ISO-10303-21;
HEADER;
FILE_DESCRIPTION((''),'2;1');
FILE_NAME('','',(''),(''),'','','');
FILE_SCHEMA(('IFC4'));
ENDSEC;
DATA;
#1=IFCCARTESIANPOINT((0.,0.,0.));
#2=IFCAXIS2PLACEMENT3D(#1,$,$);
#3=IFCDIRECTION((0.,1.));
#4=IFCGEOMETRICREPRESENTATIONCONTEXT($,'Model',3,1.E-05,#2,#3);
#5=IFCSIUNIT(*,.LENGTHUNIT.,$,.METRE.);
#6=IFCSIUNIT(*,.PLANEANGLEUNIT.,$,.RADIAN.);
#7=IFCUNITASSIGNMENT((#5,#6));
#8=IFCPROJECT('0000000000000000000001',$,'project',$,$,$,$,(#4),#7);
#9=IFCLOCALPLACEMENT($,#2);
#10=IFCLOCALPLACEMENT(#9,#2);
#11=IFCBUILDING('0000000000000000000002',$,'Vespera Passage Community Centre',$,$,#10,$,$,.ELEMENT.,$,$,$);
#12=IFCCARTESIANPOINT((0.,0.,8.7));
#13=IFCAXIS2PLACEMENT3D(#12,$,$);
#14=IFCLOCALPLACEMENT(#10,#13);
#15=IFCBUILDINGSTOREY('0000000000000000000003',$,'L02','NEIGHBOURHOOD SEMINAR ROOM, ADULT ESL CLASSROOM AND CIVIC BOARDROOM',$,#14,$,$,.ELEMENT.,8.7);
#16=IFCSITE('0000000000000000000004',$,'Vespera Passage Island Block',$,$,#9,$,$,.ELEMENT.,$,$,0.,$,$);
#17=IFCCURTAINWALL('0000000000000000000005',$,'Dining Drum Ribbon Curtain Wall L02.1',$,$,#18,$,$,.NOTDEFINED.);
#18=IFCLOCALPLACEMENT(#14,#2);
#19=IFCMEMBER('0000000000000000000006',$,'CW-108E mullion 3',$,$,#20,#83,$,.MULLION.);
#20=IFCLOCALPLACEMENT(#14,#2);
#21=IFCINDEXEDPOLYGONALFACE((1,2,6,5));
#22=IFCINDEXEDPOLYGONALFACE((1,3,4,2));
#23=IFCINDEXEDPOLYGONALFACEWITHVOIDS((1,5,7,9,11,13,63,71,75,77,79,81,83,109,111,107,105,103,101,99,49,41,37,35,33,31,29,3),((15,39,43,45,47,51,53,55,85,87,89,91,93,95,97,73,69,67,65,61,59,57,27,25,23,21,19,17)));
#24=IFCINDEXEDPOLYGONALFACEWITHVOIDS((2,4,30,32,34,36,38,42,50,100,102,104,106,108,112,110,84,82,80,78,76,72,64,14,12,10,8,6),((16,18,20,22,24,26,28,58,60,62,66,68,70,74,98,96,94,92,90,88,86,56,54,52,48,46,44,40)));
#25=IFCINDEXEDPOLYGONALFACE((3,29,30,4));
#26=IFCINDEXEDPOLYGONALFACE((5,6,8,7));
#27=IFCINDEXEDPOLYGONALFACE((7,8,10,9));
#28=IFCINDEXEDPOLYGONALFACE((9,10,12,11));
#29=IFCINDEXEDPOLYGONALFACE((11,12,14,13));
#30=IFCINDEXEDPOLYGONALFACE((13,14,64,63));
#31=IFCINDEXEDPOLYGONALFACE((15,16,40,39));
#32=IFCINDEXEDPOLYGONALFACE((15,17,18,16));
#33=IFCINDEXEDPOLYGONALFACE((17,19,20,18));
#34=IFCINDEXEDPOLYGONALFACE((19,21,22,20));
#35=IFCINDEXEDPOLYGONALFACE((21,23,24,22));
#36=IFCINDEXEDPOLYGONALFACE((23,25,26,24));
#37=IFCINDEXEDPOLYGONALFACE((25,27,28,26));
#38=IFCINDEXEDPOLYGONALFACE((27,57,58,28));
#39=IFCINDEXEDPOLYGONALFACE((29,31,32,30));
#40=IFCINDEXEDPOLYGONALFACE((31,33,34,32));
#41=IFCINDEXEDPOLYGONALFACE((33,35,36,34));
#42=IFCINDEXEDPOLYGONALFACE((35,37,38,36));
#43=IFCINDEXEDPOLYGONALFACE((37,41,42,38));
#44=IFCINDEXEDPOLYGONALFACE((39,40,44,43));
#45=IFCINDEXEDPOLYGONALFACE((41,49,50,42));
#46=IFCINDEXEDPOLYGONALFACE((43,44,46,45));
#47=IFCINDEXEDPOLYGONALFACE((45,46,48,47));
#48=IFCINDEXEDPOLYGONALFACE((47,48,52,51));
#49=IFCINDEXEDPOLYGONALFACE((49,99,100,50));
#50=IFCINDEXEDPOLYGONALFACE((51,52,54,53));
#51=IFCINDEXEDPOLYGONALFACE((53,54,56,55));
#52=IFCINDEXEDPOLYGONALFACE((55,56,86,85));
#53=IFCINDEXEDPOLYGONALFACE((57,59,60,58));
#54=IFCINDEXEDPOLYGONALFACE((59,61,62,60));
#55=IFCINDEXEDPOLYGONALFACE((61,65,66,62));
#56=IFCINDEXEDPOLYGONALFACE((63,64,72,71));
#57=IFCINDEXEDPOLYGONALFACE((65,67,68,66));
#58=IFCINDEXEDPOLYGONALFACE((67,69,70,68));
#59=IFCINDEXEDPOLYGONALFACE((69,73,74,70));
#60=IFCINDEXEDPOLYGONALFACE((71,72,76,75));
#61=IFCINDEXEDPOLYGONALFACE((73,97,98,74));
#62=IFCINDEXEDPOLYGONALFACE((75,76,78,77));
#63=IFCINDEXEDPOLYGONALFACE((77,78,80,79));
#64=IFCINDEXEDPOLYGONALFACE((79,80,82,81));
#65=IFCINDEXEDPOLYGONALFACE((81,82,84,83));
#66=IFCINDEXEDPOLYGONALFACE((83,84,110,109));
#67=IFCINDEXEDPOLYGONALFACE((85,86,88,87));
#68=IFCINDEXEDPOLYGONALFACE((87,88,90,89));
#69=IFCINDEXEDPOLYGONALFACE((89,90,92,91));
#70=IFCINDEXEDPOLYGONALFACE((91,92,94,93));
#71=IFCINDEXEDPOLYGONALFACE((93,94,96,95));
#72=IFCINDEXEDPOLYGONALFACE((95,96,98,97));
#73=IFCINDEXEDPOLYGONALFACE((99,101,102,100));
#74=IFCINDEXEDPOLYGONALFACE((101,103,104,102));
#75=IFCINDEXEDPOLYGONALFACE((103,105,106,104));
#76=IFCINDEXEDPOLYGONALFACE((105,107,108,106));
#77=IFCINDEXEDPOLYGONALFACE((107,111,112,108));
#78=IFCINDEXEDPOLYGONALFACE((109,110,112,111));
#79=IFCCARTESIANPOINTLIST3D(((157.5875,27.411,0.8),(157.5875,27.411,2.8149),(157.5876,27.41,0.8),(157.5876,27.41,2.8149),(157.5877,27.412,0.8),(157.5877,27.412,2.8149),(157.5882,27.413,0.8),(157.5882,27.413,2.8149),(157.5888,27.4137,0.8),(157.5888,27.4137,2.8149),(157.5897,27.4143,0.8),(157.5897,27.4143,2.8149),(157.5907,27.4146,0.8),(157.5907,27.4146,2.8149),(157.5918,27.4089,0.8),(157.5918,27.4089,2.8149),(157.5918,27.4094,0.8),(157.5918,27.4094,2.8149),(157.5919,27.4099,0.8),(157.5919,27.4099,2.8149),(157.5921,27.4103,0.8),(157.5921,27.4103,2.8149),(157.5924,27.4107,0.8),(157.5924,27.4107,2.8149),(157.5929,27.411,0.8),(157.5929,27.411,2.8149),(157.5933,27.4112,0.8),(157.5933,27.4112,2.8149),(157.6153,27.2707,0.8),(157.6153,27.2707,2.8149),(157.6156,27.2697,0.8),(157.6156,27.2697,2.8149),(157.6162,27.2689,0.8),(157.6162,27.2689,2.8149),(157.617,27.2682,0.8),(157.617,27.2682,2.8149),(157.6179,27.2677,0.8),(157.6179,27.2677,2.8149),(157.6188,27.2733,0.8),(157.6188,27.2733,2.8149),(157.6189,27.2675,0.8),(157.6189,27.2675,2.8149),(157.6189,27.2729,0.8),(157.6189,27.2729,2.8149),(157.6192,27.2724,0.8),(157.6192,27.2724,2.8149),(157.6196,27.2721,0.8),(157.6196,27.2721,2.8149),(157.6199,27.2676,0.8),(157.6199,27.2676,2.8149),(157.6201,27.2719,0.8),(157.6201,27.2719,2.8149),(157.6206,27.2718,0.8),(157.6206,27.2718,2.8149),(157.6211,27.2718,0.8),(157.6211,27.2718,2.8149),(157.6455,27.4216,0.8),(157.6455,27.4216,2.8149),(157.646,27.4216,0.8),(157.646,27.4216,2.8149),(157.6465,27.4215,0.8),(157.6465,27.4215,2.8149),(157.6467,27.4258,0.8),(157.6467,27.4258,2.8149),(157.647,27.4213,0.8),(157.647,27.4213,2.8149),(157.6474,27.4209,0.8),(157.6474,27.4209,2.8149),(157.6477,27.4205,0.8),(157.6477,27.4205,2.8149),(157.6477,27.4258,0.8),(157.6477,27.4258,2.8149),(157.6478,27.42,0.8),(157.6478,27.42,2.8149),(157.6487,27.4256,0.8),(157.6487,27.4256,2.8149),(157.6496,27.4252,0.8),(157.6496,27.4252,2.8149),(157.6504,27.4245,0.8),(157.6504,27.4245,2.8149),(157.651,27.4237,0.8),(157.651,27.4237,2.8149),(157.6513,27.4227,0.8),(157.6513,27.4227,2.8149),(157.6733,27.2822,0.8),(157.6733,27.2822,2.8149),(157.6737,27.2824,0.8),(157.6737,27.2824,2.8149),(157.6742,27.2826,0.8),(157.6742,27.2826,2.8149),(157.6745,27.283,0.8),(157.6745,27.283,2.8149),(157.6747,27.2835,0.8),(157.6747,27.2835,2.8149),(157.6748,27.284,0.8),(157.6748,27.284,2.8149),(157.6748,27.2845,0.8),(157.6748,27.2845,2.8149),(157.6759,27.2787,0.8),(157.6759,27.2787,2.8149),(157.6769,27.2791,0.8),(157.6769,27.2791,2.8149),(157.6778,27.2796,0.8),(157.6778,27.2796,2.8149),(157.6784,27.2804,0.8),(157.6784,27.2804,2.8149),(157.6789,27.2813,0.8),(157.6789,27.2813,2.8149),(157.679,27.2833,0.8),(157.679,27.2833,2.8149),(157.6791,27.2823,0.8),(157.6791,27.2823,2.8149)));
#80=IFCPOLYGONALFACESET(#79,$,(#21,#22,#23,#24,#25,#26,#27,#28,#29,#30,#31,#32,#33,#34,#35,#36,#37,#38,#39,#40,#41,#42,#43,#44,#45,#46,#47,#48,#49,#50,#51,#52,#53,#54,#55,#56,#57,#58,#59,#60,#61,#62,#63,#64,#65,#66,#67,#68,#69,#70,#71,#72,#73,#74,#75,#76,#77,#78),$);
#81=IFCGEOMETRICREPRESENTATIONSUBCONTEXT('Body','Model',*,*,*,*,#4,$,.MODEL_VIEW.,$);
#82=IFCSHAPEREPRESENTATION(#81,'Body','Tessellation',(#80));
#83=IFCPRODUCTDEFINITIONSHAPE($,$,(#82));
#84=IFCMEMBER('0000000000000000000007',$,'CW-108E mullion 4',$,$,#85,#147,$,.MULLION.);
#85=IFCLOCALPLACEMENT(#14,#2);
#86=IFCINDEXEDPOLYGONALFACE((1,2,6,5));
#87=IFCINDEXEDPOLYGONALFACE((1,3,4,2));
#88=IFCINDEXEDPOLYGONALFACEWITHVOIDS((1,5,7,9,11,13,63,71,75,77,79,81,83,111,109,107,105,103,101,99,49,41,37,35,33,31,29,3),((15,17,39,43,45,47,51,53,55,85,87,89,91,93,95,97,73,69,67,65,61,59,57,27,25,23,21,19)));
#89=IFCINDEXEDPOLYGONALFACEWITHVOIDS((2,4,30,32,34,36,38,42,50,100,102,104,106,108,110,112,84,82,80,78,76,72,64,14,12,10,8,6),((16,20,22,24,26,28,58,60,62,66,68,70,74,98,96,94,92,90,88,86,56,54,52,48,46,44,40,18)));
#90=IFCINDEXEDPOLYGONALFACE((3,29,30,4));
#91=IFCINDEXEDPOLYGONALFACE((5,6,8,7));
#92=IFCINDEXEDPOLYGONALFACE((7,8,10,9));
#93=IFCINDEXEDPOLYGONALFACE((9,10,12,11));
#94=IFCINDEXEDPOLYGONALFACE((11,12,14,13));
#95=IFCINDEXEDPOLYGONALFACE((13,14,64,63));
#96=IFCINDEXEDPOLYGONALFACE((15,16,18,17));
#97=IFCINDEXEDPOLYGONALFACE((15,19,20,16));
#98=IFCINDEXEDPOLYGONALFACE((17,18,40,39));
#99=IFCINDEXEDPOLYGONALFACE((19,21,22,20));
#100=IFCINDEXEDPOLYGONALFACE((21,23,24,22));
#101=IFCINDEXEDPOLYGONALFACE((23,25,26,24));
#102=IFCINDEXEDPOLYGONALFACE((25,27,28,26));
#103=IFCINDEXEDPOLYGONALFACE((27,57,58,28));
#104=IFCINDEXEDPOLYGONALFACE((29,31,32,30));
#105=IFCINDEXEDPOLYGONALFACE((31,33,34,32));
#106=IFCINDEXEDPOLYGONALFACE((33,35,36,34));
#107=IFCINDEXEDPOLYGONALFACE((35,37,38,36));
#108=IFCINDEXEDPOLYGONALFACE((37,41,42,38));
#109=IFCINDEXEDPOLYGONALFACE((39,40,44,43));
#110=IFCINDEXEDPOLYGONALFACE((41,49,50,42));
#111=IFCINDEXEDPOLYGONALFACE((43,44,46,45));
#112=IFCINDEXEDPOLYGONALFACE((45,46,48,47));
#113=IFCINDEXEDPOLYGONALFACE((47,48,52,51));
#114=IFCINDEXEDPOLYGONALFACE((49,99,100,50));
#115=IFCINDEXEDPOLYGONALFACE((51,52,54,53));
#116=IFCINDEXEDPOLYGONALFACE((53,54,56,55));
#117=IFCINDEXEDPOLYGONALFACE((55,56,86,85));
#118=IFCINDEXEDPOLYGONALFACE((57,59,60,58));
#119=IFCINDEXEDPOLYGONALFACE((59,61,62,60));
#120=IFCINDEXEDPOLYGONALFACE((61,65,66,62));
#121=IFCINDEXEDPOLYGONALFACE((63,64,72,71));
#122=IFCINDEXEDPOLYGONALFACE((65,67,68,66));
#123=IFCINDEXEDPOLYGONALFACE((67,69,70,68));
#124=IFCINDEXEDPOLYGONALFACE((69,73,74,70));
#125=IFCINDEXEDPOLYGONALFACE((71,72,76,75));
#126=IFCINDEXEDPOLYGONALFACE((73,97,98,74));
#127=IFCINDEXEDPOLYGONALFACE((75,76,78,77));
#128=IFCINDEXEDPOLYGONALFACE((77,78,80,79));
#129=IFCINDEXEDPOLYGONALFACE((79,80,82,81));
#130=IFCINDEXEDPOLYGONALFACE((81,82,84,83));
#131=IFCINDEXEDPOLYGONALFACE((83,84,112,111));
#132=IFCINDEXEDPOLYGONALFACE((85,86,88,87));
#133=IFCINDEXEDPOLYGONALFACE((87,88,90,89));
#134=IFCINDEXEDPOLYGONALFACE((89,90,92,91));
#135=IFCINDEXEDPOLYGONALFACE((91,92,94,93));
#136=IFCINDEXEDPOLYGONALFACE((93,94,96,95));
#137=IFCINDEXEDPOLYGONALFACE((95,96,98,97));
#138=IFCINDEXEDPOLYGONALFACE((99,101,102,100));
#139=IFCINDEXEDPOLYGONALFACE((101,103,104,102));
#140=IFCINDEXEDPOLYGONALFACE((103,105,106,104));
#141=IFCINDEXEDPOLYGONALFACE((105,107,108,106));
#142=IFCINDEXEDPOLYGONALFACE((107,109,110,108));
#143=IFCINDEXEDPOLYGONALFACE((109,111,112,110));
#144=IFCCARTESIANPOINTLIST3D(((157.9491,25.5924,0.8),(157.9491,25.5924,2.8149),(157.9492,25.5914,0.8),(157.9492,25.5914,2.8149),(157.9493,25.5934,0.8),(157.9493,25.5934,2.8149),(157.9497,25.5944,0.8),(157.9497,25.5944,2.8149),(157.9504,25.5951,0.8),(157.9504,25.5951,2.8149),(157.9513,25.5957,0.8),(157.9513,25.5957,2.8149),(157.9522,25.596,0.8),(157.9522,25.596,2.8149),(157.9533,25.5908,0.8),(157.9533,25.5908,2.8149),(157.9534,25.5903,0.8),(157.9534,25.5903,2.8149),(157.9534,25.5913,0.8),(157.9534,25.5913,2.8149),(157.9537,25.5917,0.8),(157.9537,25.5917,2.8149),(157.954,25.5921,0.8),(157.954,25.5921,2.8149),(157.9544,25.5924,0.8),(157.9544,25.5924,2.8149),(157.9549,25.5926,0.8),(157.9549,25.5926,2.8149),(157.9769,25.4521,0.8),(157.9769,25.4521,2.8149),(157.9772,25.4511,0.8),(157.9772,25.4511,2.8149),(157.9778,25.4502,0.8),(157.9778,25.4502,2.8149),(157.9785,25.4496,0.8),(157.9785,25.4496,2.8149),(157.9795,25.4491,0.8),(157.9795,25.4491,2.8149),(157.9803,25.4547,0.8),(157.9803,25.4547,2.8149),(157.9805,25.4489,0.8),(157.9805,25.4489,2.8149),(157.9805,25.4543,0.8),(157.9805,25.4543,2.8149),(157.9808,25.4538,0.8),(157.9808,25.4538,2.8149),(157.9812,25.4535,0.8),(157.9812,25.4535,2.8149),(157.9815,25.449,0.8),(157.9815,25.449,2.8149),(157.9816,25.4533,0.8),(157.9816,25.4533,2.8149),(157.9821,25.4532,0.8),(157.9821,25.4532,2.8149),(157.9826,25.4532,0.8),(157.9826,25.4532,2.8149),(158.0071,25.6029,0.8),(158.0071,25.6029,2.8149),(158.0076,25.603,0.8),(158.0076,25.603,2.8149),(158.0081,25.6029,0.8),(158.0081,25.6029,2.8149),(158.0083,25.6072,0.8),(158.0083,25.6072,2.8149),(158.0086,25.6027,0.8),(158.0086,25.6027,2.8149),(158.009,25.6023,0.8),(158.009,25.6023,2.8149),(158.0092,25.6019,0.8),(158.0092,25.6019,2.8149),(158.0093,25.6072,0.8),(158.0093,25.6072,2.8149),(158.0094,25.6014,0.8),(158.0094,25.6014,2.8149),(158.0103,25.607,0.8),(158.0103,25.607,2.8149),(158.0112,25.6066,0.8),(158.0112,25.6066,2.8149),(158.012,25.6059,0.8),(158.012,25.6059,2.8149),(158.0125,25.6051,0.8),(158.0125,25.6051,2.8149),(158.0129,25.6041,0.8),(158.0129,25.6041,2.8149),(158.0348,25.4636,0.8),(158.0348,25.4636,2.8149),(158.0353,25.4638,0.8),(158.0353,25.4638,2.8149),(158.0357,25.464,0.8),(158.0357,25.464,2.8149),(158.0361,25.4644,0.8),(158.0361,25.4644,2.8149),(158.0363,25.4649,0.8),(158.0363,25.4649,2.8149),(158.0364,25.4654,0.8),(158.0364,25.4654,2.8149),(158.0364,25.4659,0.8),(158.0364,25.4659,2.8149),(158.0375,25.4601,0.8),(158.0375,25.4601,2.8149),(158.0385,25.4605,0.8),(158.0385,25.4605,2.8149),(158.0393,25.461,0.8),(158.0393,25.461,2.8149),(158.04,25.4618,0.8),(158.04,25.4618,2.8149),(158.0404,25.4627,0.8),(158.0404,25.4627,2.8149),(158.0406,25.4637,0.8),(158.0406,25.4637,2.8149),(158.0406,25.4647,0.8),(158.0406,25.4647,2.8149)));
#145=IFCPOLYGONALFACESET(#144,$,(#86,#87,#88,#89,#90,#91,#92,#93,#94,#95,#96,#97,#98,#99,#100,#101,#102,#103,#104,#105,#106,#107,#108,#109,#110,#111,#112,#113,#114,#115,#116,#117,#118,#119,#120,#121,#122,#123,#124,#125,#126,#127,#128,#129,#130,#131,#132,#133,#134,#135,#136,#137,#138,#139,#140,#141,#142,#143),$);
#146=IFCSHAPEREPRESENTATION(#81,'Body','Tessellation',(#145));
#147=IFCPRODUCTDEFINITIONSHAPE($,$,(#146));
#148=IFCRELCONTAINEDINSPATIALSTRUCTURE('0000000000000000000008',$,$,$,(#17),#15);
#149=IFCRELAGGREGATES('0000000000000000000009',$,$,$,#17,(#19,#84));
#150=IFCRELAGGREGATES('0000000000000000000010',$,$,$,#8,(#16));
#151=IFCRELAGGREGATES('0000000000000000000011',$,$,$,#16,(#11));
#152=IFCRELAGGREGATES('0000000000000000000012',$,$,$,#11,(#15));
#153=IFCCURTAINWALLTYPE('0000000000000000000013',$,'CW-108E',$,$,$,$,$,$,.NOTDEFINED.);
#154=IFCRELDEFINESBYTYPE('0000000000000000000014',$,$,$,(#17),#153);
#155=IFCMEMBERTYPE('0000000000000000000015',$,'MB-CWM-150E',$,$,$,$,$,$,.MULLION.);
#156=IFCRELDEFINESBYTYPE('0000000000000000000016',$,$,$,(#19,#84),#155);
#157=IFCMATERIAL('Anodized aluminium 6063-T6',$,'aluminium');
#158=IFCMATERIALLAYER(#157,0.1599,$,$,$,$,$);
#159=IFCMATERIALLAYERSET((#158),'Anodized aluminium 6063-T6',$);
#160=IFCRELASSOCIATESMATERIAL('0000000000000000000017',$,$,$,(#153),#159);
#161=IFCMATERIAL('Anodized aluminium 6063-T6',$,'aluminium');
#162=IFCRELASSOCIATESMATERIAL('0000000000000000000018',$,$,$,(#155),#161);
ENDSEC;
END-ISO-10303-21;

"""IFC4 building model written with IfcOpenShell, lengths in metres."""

from ifc_helpers import new_model, si_unit, direction, frame, origin, origin_2d, place, context, subcontext, project, spatial, hollow_rectangle, extrude, material, layer, layer_set, material_profile, profile_set, type_object, element, aggregate, save


model = new_model("IFC4")

# Units and contexts
model_context = context("Model", 3, precision=1e-05, world=origin(), true_north=direction((0.0, 1.0)))
body_context = subcontext(model_context, "Body", "Model", "MODEL_VIEW")
ifc_project = project(units=[si_unit("LENGTHUNIT", "METRE"), si_unit("PLANEANGLEUNIT", "RADIAN")], contexts=[model_context])

# Site, building, storey
site_placement = place(None, origin())
site = spatial("IfcSite", under=ifc_project, at=site_placement, Name="Vespera Passage Island Block", CompositionType="ELEMENT", RefElevation=0.0)
building_placement = place(site_placement, origin())
building = spatial("IfcBuilding", under=site, at=building_placement, Name="Vespera Passage Community Centre", CompositionType="ELEMENT")
storey_placement = place(building_placement, frame((0.0, 0.0, 8.7)))
storey = spatial("IfcBuildingStorey", under=building, at=storey_placement, Name="L02", Description="NEIGHBOURHOOD SEMINAR ROOM, ADULT ESL CLASSROOM AND CIVIC BOARDROOM", CompositionType="ELEMENT", Elevation=8.7)

# Curtain wall, members
ifc_material_1 = material(Name="Anodized aluminium 6063-T6", Category="aluminium")
ifc_layer_1 = layer(ifc_material_1, 0.1599)
ifc_layer_set_1 = layer_set([ifc_layer_1], Name="Anodized aluminium 6063-T6")
curtain_wall_type = type_object("IfcCurtainWallType", Name="CW-108E", PredefinedType="NOTDEFINED", material=ifc_layer_set_1)
curtain_wall_1_placement = place(storey_placement, origin())
curtain_wall_1 = element("IfcCurtainWall", 1, at=curtain_wall_1_placement, inside=storey, type_object=curtain_wall_type, Name="Dining Drum Ribbon Curtain Wall L02.1", PredefinedType="NOTDEFINED")
ifc_material_2 = material(Name="Anodized aluminium 6063-T6", Category="aluminium")
ifc_material_profile_1 = material_profile(ifc_material_2, hollow_rectangle(XDim=0.0649, YDim=0.1499, WallThickness=0.0039, InnerFilletRadius=0.002, OuterFilletRadius=0.0039, at=origin_2d()), Name="ALU150X65X4")
ifc_profile_set_1 = profile_set([ifc_material_profile_1], Name="Anodized aluminium 6063-T6")
member_type_1 = type_object("IfcMemberType", Name="MB-CWM-150E", PredefinedType="MULLION", material=ifc_profile_set_1)
member_1_placement = place(storey_placement, frame((157.6333, 27.3467, 0.8), z_axis=(0.0, 0.0, 1.0), x_axis=(0.980784, 0.195097, 0.0)))
member_1 = element("IfcMember", 2, at=member_1_placement, type_object=member_type_1, Name="CW-108E mullion 3", PredefinedType="MULLION", context=body_context, shape_type="SweptSolid", body=[
    extrude(hollow_rectangle(XDim=0.0649, YDim=0.1499, WallThickness=0.0039, InnerFilletRadius=0.002, OuterFilletRadius=0.0039, at=origin_2d()), origin(), (0.0, 0.0, 1.0), 2.0149),
])
member_2_placement = place(storey_placement, frame((157.9949, 25.5281, 0.8), z_axis=(0.0, 0.0, 1.0), x_axis=(0.980784, 0.195097, 0.0)))
member_2 = element("IfcMember", 3, at=member_2_placement, type_object=member_type_1, Name="CW-108E mullion 4", PredefinedType="MULLION", context=body_context, shape_type="SweptSolid", body=[
    extrude(hollow_rectangle(XDim=0.0649, YDim=0.1499, WallThickness=0.0039, InnerFilletRadius=0.002, OuterFilletRadius=0.0039, at=origin_2d()), origin(), (0.0, 0.0, 1.0), 2.0149),
])

aggregate(curtain_wall_1, [member_1, member_2])

save(model, "model.ifc")
